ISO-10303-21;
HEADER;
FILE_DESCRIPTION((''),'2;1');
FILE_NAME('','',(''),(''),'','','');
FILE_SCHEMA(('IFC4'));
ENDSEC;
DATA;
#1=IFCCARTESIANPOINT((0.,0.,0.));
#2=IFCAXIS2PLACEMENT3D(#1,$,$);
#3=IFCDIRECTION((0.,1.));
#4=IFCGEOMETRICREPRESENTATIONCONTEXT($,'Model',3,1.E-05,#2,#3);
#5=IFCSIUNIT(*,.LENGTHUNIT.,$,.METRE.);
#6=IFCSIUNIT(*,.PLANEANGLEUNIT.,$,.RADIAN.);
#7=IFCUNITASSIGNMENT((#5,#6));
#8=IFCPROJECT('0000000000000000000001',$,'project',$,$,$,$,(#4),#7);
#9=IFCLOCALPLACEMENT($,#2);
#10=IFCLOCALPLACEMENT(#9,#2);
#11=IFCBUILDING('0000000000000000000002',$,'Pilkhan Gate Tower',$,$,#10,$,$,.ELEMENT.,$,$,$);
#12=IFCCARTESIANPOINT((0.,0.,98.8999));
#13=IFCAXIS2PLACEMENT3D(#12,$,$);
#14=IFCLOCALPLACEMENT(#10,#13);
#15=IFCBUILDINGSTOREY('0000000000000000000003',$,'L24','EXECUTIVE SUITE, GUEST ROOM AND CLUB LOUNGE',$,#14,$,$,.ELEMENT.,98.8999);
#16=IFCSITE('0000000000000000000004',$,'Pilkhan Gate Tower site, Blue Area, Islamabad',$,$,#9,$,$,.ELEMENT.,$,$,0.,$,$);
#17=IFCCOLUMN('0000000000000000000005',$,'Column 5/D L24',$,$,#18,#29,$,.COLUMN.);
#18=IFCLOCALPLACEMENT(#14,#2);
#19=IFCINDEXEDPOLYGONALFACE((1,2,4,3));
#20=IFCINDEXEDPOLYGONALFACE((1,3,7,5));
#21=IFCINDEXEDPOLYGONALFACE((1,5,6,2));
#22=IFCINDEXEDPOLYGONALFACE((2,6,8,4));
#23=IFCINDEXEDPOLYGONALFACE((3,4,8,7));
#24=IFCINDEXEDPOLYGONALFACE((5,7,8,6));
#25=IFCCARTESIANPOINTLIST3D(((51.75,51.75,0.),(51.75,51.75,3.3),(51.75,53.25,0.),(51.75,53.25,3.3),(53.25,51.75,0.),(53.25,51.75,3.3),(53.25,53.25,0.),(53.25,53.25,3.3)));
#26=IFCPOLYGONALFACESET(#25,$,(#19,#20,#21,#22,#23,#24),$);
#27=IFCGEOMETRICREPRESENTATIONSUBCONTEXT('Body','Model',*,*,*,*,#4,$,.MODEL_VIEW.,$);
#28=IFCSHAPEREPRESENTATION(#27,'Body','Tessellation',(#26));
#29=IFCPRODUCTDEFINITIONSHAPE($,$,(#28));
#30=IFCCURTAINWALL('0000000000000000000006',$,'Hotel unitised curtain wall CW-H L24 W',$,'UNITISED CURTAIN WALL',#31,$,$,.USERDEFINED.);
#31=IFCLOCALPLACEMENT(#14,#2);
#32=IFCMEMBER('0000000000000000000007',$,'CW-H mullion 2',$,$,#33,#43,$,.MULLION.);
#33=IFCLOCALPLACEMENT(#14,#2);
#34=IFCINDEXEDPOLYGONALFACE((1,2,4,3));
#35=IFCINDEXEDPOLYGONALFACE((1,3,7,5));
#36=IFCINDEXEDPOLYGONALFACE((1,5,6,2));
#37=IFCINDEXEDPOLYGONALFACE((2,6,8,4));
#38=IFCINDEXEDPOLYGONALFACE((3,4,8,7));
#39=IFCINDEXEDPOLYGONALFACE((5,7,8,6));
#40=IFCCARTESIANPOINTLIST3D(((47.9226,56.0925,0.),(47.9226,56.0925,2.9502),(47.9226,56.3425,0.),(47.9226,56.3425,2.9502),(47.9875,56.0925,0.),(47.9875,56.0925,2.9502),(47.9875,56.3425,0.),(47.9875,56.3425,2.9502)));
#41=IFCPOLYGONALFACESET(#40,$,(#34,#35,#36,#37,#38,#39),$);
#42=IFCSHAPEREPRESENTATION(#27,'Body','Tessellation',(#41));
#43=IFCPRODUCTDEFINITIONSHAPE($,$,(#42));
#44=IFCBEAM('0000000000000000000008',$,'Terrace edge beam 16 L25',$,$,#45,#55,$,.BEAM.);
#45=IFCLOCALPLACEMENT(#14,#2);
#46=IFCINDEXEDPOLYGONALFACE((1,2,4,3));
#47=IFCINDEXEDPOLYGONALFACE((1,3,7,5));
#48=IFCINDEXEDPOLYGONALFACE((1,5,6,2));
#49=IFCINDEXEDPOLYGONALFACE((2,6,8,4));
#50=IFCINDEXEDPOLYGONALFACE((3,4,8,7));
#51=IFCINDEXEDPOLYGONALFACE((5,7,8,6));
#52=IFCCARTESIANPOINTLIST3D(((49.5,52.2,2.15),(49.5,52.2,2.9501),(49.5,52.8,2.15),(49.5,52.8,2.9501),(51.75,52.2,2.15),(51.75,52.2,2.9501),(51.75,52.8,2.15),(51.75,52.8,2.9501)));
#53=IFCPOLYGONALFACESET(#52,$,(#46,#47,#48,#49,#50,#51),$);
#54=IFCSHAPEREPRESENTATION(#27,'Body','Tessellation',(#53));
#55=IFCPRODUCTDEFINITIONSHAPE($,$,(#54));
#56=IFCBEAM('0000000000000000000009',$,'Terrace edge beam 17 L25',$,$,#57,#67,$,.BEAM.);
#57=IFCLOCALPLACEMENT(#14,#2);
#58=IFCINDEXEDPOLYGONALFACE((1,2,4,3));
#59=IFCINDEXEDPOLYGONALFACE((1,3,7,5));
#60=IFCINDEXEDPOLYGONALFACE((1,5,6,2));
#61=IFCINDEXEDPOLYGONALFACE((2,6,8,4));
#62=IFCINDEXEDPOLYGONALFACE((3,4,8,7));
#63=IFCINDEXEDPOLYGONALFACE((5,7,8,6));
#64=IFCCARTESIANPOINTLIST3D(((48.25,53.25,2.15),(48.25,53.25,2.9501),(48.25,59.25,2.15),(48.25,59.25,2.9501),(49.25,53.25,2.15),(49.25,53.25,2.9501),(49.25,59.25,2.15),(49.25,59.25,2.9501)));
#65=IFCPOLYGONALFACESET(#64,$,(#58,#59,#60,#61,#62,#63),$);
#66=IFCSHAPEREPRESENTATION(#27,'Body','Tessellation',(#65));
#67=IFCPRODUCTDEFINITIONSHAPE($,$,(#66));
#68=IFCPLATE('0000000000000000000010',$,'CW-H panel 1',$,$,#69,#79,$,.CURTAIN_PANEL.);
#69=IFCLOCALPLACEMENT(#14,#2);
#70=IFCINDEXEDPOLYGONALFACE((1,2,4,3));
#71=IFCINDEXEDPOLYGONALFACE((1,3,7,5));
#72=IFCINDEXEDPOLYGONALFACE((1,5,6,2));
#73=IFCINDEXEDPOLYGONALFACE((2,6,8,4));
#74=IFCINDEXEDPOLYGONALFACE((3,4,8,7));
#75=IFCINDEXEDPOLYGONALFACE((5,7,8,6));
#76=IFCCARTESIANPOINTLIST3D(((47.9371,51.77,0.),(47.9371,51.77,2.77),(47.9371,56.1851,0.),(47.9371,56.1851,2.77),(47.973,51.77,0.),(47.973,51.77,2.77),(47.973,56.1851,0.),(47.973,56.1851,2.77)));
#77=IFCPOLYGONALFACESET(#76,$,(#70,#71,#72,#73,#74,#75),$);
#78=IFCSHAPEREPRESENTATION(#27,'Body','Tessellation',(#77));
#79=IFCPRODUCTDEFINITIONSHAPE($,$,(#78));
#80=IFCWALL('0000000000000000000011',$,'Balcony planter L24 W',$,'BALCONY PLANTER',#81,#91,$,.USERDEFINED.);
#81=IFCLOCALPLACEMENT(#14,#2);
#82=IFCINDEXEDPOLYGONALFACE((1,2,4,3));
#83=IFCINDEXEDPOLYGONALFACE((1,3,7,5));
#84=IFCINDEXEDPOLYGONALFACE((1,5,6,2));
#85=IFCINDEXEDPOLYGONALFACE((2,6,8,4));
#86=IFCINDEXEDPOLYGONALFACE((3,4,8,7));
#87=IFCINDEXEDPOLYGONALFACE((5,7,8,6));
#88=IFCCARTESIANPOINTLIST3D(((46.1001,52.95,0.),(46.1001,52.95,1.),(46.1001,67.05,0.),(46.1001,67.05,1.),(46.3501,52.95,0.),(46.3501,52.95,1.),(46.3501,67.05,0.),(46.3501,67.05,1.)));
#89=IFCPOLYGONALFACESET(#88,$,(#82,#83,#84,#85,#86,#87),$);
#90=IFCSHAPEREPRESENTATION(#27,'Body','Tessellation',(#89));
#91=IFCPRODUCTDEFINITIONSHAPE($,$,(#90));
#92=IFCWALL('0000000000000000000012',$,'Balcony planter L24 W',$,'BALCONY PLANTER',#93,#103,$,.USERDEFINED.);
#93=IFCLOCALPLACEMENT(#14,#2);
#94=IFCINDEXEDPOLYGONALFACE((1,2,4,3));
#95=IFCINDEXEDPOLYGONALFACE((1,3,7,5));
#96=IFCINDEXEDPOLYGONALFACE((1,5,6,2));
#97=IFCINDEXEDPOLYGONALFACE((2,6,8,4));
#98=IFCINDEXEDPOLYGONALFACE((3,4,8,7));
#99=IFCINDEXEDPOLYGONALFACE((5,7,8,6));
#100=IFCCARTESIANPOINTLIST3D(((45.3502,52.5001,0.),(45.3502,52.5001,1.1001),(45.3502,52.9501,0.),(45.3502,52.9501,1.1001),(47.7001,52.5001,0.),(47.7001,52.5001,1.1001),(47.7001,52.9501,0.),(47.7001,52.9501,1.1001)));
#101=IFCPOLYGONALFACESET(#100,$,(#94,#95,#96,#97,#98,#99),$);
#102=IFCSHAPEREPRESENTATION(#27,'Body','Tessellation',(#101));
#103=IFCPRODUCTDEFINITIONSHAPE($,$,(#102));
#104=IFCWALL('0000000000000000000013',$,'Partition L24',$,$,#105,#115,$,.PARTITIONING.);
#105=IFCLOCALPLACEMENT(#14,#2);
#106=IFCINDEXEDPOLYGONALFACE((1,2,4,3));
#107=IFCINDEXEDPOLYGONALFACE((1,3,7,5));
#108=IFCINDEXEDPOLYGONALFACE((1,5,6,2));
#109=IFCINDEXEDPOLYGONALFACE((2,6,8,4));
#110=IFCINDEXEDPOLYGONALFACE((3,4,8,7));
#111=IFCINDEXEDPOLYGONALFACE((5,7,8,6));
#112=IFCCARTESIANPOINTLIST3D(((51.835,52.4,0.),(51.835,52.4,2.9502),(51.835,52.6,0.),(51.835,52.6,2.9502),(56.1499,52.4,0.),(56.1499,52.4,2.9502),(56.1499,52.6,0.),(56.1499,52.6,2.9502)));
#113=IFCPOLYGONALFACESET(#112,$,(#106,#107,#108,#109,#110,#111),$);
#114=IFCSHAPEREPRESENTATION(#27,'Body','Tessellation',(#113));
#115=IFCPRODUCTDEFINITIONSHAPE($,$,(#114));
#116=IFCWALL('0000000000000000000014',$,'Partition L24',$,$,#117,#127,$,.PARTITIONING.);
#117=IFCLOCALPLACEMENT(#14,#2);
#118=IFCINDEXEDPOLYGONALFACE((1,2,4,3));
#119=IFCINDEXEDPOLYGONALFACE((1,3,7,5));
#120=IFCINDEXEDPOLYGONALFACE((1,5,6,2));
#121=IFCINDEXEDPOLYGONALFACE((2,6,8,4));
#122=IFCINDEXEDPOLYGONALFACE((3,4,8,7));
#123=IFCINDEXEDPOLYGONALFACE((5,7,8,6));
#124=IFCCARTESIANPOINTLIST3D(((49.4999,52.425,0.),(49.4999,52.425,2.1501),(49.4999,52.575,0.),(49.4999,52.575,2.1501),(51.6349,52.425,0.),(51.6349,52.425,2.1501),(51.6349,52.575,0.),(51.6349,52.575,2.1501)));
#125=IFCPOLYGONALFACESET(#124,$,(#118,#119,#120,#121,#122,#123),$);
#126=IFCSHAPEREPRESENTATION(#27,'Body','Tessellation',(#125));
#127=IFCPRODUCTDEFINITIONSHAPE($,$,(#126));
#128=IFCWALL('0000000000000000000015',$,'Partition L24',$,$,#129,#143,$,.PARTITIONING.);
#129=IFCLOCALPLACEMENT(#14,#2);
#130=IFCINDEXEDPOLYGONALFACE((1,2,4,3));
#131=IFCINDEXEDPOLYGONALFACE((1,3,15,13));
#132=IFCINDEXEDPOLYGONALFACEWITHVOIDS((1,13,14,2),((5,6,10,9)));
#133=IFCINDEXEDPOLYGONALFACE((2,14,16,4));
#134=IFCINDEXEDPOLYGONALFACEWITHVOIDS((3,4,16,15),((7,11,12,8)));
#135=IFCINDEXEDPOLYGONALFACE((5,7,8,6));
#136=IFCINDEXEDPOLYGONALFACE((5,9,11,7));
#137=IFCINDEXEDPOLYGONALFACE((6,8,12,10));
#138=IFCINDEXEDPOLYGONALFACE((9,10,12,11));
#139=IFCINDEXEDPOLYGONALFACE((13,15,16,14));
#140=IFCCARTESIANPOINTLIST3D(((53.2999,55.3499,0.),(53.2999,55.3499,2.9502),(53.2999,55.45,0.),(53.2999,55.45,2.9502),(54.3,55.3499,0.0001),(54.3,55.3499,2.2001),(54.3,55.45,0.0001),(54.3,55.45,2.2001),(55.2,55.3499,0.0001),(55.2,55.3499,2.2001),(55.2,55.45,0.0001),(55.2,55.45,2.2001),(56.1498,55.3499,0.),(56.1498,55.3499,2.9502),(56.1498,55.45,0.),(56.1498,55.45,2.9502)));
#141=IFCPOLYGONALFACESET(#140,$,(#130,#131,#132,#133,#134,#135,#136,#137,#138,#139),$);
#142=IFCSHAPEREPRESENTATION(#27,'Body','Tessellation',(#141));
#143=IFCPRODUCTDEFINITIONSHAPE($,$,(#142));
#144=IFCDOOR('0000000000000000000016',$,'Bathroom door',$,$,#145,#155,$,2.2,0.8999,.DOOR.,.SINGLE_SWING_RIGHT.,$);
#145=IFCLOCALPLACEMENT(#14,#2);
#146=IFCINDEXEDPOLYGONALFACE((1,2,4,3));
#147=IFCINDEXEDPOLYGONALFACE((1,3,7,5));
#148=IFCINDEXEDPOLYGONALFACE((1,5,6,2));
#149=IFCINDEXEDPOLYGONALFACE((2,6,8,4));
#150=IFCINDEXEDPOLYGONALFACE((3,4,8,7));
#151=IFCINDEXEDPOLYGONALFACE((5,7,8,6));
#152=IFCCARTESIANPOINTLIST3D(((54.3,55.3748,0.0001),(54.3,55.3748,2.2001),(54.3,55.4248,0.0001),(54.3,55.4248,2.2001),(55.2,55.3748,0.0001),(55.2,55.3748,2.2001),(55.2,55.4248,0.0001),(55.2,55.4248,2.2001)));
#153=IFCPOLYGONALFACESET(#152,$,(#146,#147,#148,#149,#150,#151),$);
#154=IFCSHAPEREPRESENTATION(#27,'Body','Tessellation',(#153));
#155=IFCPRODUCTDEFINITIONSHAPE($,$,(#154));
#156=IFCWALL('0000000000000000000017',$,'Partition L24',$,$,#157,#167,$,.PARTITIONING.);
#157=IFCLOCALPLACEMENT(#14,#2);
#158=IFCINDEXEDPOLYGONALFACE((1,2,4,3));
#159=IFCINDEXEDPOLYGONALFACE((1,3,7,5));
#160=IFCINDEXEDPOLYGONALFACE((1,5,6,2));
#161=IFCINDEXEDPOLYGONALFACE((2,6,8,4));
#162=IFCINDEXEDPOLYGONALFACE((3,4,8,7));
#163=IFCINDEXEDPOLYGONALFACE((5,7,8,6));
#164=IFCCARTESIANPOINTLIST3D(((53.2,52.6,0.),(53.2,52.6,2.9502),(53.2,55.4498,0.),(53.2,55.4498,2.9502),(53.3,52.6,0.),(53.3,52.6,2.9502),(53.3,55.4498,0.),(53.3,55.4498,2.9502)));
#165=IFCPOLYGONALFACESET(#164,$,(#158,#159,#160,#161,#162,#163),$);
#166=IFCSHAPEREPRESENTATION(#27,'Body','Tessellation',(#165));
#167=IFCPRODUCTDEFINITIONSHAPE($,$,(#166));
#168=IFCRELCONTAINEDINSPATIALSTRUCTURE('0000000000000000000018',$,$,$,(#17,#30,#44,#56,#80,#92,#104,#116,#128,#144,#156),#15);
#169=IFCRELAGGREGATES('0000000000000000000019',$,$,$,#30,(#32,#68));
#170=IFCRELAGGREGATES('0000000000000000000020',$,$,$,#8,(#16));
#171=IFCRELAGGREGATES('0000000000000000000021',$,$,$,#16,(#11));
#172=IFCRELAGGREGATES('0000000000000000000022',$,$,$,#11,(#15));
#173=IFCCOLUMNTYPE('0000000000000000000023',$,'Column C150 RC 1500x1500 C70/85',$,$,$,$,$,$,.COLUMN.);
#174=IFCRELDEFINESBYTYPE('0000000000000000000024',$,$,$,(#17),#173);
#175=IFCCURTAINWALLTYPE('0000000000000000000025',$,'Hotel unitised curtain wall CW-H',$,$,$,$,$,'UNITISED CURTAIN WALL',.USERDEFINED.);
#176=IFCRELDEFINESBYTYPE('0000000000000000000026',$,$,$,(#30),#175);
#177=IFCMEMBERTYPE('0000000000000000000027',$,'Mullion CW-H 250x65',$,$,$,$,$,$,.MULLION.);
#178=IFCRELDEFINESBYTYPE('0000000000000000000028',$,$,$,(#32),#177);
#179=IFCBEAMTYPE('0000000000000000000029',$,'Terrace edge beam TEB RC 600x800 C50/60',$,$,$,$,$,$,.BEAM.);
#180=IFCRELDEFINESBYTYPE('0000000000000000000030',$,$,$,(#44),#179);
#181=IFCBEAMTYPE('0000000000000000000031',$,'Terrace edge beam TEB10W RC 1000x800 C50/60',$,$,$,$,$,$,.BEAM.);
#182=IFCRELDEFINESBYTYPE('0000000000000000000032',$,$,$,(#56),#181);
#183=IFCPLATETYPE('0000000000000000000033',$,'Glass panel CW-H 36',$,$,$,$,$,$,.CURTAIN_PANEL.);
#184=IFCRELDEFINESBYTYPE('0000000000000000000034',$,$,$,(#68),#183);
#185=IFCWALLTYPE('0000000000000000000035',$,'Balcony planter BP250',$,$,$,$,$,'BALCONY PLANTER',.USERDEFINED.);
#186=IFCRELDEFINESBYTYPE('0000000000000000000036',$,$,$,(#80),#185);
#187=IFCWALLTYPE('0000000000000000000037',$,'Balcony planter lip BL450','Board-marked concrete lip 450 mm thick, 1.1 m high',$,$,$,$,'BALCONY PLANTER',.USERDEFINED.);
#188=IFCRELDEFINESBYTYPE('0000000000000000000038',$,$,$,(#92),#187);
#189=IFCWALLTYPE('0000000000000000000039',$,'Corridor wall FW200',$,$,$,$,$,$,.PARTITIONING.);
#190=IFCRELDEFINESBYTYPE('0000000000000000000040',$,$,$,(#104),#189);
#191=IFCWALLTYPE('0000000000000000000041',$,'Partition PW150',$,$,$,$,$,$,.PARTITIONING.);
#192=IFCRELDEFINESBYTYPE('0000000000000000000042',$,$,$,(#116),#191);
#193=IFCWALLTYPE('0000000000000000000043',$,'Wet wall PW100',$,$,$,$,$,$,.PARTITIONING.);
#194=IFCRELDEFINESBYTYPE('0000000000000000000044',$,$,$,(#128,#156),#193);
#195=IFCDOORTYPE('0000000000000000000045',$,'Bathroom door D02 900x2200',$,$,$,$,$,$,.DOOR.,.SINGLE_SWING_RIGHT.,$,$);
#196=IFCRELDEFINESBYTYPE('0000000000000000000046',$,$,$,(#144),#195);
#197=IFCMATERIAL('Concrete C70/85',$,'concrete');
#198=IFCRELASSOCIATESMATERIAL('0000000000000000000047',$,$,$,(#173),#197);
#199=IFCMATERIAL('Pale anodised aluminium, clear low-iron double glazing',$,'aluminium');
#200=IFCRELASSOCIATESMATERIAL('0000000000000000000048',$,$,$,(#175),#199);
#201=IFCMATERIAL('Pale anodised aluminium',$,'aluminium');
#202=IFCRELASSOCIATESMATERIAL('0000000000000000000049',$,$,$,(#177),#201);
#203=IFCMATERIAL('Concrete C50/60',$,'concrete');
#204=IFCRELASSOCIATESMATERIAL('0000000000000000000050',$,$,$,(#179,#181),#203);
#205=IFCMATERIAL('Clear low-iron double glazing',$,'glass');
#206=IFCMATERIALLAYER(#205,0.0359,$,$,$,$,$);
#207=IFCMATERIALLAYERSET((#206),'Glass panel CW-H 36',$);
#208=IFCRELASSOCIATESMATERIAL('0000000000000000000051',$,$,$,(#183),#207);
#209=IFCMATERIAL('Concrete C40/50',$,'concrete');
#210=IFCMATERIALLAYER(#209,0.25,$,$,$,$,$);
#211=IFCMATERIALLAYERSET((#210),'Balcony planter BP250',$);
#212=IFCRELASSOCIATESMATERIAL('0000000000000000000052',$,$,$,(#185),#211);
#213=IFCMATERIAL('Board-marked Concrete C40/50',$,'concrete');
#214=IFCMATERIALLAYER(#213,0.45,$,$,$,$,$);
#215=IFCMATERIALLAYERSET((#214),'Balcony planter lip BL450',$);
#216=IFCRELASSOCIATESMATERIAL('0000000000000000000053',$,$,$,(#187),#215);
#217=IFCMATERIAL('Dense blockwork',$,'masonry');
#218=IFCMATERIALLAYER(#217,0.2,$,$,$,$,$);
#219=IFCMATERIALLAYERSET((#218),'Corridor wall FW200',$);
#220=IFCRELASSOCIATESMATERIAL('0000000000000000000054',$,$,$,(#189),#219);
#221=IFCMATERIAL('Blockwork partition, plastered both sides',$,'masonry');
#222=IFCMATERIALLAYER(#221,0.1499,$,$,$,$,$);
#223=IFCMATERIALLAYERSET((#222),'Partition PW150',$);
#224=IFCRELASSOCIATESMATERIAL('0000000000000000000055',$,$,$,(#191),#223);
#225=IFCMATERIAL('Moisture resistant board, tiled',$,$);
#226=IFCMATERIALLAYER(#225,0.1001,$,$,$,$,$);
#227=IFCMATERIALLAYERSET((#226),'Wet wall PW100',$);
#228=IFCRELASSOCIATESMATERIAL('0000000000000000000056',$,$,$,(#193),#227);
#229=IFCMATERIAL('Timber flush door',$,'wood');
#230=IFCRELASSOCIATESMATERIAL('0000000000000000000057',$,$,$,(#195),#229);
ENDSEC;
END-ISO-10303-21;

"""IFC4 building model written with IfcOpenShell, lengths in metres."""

from ifc_helpers import new_model, si_unit, direction, frame, frame_2d, origin, origin_2d, place, context, subcontext, project, spatial, rectangle, extrude, material, layer, layer_set, material_profile, profile_set, type_object, element, fill, aggregate, save


model = new_model("IFC4")

# Units and contexts
model_context = context("Model", 3, precision=1e-05, world=origin(), true_north=direction((0.0, 1.0)))
body_context = subcontext(model_context, "Body", "Model", "MODEL_VIEW")
ifc_project = project(units=[si_unit("LENGTHUNIT", "METRE"), si_unit("PLANEANGLEUNIT", "RADIAN")], contexts=[model_context])

# Site, building, storey
site_placement = place(None, origin())
site = spatial("IfcSite", under=ifc_project, at=site_placement, Name="Pilkhan Gate Tower site, Blue Area, Islamabad", CompositionType="ELEMENT", RefElevation=0.0)
building_placement = place(site_placement, origin())
building = spatial("IfcBuilding", under=site, at=building_placement, Name="Pilkhan Gate Tower", CompositionType="ELEMENT")
storey_placement = place(building_placement, frame((0.0, 0.0, 98.8999)))
storey = spatial("IfcBuildingStorey", under=building, at=storey_placement, Name="L24", Description="EXECUTIVE SUITE, GUEST ROOM AND CLUB LOUNGE", CompositionType="ELEMENT", Elevation=98.8999)

# Column
ifc_material_1 = material(Name="Concrete C70/85", Category="concrete")
ifc_material_profile_1 = material_profile(ifc_material_1, rectangle(XDim=1.5, YDim=1.5, at=origin_2d()), Name="RC 1500x1500")
ifc_profile_set_1 = profile_set([ifc_material_profile_1], Name="Concrete C70/85")
column_type = type_object("IfcColumnType", Name="Column C150 RC 1500x1500 C70/85", PredefinedType="COLUMN", material=ifc_profile_set_1)
column_placement = place(storey_placement, frame((52.5, 52.5, 0.0), z_axis=(0.0, 0.0, 1.0), x_axis=(1.0, 0.0, 0.0)))
element("IfcColumn", 1, at=column_placement, inside=storey, type_object=column_type, Name="Column 5/D L24", PredefinedType="COLUMN", context=body_context, shape_type="SweptSolid", body=[
    extrude(rectangle(XDim=1.5, YDim=1.5, at=origin_2d()), origin(), (0.0, 0.0, 1.0), 3.3),
])

# Curtain wall, member
ifc_material_2 = material(Name="Pale anodised aluminium, clear low-iron double glazing", Category="aluminium")
curtain_wall_type = type_object("IfcCurtainWallType", Name="Hotel unitised curtain wall CW-H", ElementType="UNITISED CURTAIN WALL", PredefinedType="USERDEFINED", material=ifc_material_2)
curtain_wall_placement = place(storey_placement, origin())
curtain_wall = element("IfcCurtainWall", 2, at=curtain_wall_placement, inside=storey, type_object=curtain_wall_type, Name="Hotel unitised curtain wall CW-H L24 W", ObjectType="UNITISED CURTAIN WALL", PredefinedType="USERDEFINED")
ifc_material_3 = material(Name="Pale anodised aluminium", Category="aluminium")
ifc_material_profile_2 = material_profile(ifc_material_3, rectangle(XDim=0.0649, YDim=0.25, at=origin_2d()), Name="Mullion 250x65")
ifc_profile_set_2 = profile_set([ifc_material_profile_2], Name="Pale anodised aluminium")
member_type = type_object("IfcMemberType", Name="Mullion CW-H 250x65", PredefinedType="MULLION", material=ifc_profile_set_2)
member_placement = place(storey_placement, frame((47.9551, 56.2175, 0.0), z_axis=(0.0, 0.0, 1.0), x_axis=(-1.0, 0.0, 0.0)))
member = element("IfcMember", 3, at=member_placement, type_object=member_type, Name="CW-H mullion 2", PredefinedType="MULLION", context=body_context, shape_type="SweptSolid", body=[
    extrude(rectangle(XDim=0.0649, YDim=0.25, at=origin_2d()), origin(), (0.0, 0.0, 1.0), 2.9502),
])

# Beams
ifc_material_4 = material(Name="Concrete C50/60", Category="concrete")
ifc_material_profile_3 = material_profile(ifc_material_4, rectangle(XDim=0.6001, YDim=0.8, at=origin_2d()), Name="RC 600x800")
ifc_profile_set_3 = profile_set([ifc_material_profile_3], Name="Concrete C50/60")
beam_type_1 = type_object("IfcBeamType", Name="Terrace edge beam TEB RC 600x800 C50/60", PredefinedType="BEAM", material=ifc_profile_set_3)
beam_1_placement = place(storey_placement, frame((51.75, 52.5, 2.55), z_axis=(-1.0, 0.0, 0.0), x_axis=(0.0, -1.0, 0.0)))
element("IfcBeam", 4, at=beam_1_placement, inside=storey, type_object=beam_type_1, Name="Terrace edge beam 16 L25", PredefinedType="BEAM", context=body_context, shape_type="SweptSolid", body=[
    extrude(rectangle(XDim=0.6001, YDim=0.8, at=origin_2d()), origin(), (0.0, 0.0, 1.0), 2.25),
])
ifc_material_profile_4 = material_profile(ifc_material_4, rectangle(XDim=1.0, YDim=0.8, at=origin_2d()), Name="RC 1000x800")
ifc_profile_set_4 = profile_set([ifc_material_profile_4], Name="Concrete C50/60")
beam_type_2 = type_object("IfcBeamType", Name="Terrace edge beam TEB10W RC 1000x800 C50/60", PredefinedType="BEAM", material=ifc_profile_set_4)
beam_2_placement = place(storey_placement, frame((48.75, 53.25, 2.55), z_axis=(0.0, 1.0, 0.0), x_axis=(-1.0, 0.0, 0.0)))
element("IfcBeam", 5, at=beam_2_placement, inside=storey, type_object=beam_type_2, Name="Terrace edge beam 17 L25", PredefinedType="BEAM", context=body_context, shape_type="SweptSolid", body=[
    extrude(rectangle(XDim=1.0, YDim=0.8, at=origin_2d()), origin(), (0.0, 0.0, 1.0), 6.0),
])

# Plate
ifc_material_5 = material(Name="Clear low-iron double glazing", Category="glass")
ifc_layer_1 = layer(ifc_material_5, 0.0359)
ifc_layer_set_1 = layer_set([ifc_layer_1], Name="Glass panel CW-H 36")
plate_type = type_object("IfcPlateType", Name="Glass panel CW-H 36", PredefinedType="CURTAIN_PANEL", material=ifc_layer_set_1)
plate_placement = place(storey_placement, frame((47.9551, 53.9775, 0.0), z_axis=(0.0, 0.0, 1.0), x_axis=(0.0, 1.0, 0.0)))
plate = element("IfcPlate", 6, at=plate_placement, type_object=plate_type, Name="CW-H panel 1", PredefinedType="CURTAIN_PANEL", context=body_context, shape_type="SweptSolid", body=[
    extrude(rectangle(XDim=4.415, YDim=0.0359, at=origin_2d()), origin(), (0.0, 0.0, 1.0), 2.77),
])
aggregate(curtain_wall, [member, plate])

# Walls
ifc_material_6 = material(Name="Concrete C40/50", Category="concrete")
ifc_layer_2 = layer(ifc_material_6, 0.25)
ifc_layer_set_2 = layer_set([ifc_layer_2], Name="Balcony planter BP250")
wall_type_1 = type_object("IfcWallType", Name="Balcony planter BP250", ElementType="BALCONY PLANTER", PredefinedType="USERDEFINED", material=ifc_layer_set_2)
wall_1_placement = place(storey_placement, frame((46.2251, 52.95, 0.0), z_axis=(0.0, 0.0, 1.0), x_axis=(0.0, 1.0, 0.0)))
element("IfcWall", 7, at=wall_1_placement, inside=storey, type_object=wall_type_1, Name="Balcony planter L24 W", ObjectType="BALCONY PLANTER", PredefinedType="USERDEFINED", context=body_context, shape_type="SweptSolid", body=[
    extrude(rectangle(XDim=14.1001, YDim=0.25, at=frame_2d((7.05, 0.0))), origin(), (0.0, 0.0, 1.0), 1.0),
])
ifc_material_7 = material(Name="Board-marked Concrete C40/50", Category="concrete")
ifc_layer_3 = layer(ifc_material_7, 0.45)
ifc_layer_set_3 = layer_set([ifc_layer_3], Name="Balcony planter lip BL450")
wall_type_2 = type_object("IfcWallType", Name="Balcony planter lip BL450", Description="Board-marked concrete lip 450 mm thick, 1.1 m high", ElementType="BALCONY PLANTER", PredefinedType="USERDEFINED", material=ifc_layer_set_3)
wall_2_placement = place(storey_placement, frame((47.7, 52.7251, 0.0), z_axis=(0.0, 0.0, 1.0), x_axis=(-1.0, 0.0, 0.0)))
element("IfcWall", 8, at=wall_2_placement, inside=storey, type_object=wall_type_2, Name="Balcony planter L24 W", ObjectType="BALCONY PLANTER", PredefinedType="USERDEFINED", context=body_context, shape_type="SweptSolid", body=[
    extrude(rectangle(XDim=2.3499, YDim=0.45, at=frame_2d((1.1748, 0.0))), origin(), (0.0, 0.0, 1.0), 1.1001),
])
ifc_material_8 = material(Name="Dense blockwork", Category="masonry")
ifc_layer_4 = layer(ifc_material_8, 0.2)
ifc_layer_set_4 = layer_set([ifc_layer_4], Name="Corridor wall FW200")
wall_type_3 = type_object("IfcWallType", Name="Corridor wall FW200", PredefinedType="PARTITIONING", material=ifc_layer_set_4)
wall_3_placement = place(storey_placement, frame((51.835, 52.5, 0.0), z_axis=(0.0, 0.0, 1.0), x_axis=(1.0, 0.0, 0.0)))
element("IfcWall", 9, at=wall_3_placement, inside=storey, type_object=wall_type_3, Name="Partition L24", PredefinedType="PARTITIONING", context=body_context, shape_type="SweptSolid", body=[
    extrude(rectangle(XDim=4.3149, YDim=0.2, at=frame_2d((2.1575, 0.0))), origin(), (0.0, 0.0, 1.0), 2.9502),
])

# Wall
ifc_material_9 = material(Name="Blockwork partition, plastered both sides", Category="masonry")
ifc_layer_5 = layer(ifc_material_9, 0.1499)
ifc_layer_set_5 = layer_set([ifc_layer_5], Name="Partition PW150")
wall_type_4 = type_object("IfcWallType", Name="Partition PW150", PredefinedType="PARTITIONING", material=ifc_layer_set_5)
wall_4_placement = place(storey_placement, frame((49.5, 52.5, 0.0), z_axis=(0.0, 0.0, 1.0), x_axis=(1.0, 0.0, 0.0)))
element("IfcWall", 10, at=wall_4_placement, inside=storey, type_object=wall_type_4, Name="Partition L24", PredefinedType="PARTITIONING", context=body_context, shape_type="SweptSolid", body=[
    extrude(rectangle(XDim=2.135, YDim=0.1499, at=frame_2d((1.0674, 0.0))), origin(), (0.0, 0.0, 1.0), 2.1501),
])

# Wall, opening, door
ifc_material_10 = material(Name="Moisture resistant board, tiled")
ifc_layer_6 = layer(ifc_material_10, 0.1001)
ifc_layer_set_6 = layer_set([ifc_layer_6], Name="Wet wall PW100")
wall_type_5 = type_object("IfcWallType", Name="Wet wall PW100", PredefinedType="PARTITIONING", material=ifc_layer_set_6)
wall_5_placement = place(storey_placement, frame((53.3, 55.3999, 0.0), z_axis=(0.0, 0.0, 1.0), x_axis=(1.0, 0.0, 0.0)))
wall_5 = element("IfcWall", 11, at=wall_5_placement, inside=storey, type_object=wall_type_5, Name="Partition L24", PredefinedType="PARTITIONING", context=body_context, shape_type="SweptSolid", body=[
    extrude(rectangle(XDim=2.8499, YDim=0.1001, at=frame_2d((1.4248, 0.0))), origin(), (0.0, 0.0, 1.0), 2.9502),
])
opening_1_placement = place(wall_5_placement, frame((1.0, 0.0, 0.0)))
opening_1 = element("IfcOpeningElement", 12, at=opening_1_placement, cuts=wall_5, PredefinedType="OPENING", context=body_context, shape_type="SweptSolid", body=[
    extrude(rectangle(XDim=0.8999, YDim=2.2, at=frame_2d((0.45, 1.1001))), frame((0.0, 0.0601, 0.0), z_axis=(0.0, -1.0, 0.0), x_axis=(1.0, 0.0, 0.0)), (0.0, 0.0, 1.0), 0.1201),
])
ifc_material_11 = material(Name="Timber flush door", Category="wood")
door_type_1 = type_object("IfcDoorType", Name="Bathroom door D02 900x2200", OperationType="SINGLE_SWING_RIGHT", PredefinedType="DOOR", material=ifc_material_11)
door_1_placement = place(opening_1_placement, origin())
door_1 = element("IfcDoor", 13, at=door_1_placement, inside=storey, type_object=door_type_1, Name="Bathroom door", OperationType="SINGLE_SWING_RIGHT", OverallHeight=2.2, OverallWidth=0.8999, PredefinedType="DOOR", context=body_context, shape_type="SweptSolid", body=[
    extrude(rectangle(XDim=0.8999, YDim=2.2, at=frame_2d((0.45, 1.1001))), frame((0.0, 0.0249, 0.0), z_axis=(0.0, -1.0, 0.0), x_axis=(1.0, 0.0, 0.0)), (0.0, 0.0, 1.0), 0.05),
])
fill(opening_1, door_1)

# Wall
wall_6_placement = place(storey_placement, frame((53.25, 52.6001, 0.0), z_axis=(0.0, 0.0, 1.0), x_axis=(0.0, 1.0, 0.0)))
element("IfcWall", 14, at=wall_6_placement, inside=storey, type_object=wall_type_5, Name="Partition L24", PredefinedType="PARTITIONING", context=body_context, shape_type="SweptSolid", body=[
    extrude(rectangle(XDim=2.8499, YDim=0.1001, at=frame_2d((1.4248, 0.0))), origin(), (0.0, 0.0, 1.0), 2.9502),
])

save(model, "model.ifc")
